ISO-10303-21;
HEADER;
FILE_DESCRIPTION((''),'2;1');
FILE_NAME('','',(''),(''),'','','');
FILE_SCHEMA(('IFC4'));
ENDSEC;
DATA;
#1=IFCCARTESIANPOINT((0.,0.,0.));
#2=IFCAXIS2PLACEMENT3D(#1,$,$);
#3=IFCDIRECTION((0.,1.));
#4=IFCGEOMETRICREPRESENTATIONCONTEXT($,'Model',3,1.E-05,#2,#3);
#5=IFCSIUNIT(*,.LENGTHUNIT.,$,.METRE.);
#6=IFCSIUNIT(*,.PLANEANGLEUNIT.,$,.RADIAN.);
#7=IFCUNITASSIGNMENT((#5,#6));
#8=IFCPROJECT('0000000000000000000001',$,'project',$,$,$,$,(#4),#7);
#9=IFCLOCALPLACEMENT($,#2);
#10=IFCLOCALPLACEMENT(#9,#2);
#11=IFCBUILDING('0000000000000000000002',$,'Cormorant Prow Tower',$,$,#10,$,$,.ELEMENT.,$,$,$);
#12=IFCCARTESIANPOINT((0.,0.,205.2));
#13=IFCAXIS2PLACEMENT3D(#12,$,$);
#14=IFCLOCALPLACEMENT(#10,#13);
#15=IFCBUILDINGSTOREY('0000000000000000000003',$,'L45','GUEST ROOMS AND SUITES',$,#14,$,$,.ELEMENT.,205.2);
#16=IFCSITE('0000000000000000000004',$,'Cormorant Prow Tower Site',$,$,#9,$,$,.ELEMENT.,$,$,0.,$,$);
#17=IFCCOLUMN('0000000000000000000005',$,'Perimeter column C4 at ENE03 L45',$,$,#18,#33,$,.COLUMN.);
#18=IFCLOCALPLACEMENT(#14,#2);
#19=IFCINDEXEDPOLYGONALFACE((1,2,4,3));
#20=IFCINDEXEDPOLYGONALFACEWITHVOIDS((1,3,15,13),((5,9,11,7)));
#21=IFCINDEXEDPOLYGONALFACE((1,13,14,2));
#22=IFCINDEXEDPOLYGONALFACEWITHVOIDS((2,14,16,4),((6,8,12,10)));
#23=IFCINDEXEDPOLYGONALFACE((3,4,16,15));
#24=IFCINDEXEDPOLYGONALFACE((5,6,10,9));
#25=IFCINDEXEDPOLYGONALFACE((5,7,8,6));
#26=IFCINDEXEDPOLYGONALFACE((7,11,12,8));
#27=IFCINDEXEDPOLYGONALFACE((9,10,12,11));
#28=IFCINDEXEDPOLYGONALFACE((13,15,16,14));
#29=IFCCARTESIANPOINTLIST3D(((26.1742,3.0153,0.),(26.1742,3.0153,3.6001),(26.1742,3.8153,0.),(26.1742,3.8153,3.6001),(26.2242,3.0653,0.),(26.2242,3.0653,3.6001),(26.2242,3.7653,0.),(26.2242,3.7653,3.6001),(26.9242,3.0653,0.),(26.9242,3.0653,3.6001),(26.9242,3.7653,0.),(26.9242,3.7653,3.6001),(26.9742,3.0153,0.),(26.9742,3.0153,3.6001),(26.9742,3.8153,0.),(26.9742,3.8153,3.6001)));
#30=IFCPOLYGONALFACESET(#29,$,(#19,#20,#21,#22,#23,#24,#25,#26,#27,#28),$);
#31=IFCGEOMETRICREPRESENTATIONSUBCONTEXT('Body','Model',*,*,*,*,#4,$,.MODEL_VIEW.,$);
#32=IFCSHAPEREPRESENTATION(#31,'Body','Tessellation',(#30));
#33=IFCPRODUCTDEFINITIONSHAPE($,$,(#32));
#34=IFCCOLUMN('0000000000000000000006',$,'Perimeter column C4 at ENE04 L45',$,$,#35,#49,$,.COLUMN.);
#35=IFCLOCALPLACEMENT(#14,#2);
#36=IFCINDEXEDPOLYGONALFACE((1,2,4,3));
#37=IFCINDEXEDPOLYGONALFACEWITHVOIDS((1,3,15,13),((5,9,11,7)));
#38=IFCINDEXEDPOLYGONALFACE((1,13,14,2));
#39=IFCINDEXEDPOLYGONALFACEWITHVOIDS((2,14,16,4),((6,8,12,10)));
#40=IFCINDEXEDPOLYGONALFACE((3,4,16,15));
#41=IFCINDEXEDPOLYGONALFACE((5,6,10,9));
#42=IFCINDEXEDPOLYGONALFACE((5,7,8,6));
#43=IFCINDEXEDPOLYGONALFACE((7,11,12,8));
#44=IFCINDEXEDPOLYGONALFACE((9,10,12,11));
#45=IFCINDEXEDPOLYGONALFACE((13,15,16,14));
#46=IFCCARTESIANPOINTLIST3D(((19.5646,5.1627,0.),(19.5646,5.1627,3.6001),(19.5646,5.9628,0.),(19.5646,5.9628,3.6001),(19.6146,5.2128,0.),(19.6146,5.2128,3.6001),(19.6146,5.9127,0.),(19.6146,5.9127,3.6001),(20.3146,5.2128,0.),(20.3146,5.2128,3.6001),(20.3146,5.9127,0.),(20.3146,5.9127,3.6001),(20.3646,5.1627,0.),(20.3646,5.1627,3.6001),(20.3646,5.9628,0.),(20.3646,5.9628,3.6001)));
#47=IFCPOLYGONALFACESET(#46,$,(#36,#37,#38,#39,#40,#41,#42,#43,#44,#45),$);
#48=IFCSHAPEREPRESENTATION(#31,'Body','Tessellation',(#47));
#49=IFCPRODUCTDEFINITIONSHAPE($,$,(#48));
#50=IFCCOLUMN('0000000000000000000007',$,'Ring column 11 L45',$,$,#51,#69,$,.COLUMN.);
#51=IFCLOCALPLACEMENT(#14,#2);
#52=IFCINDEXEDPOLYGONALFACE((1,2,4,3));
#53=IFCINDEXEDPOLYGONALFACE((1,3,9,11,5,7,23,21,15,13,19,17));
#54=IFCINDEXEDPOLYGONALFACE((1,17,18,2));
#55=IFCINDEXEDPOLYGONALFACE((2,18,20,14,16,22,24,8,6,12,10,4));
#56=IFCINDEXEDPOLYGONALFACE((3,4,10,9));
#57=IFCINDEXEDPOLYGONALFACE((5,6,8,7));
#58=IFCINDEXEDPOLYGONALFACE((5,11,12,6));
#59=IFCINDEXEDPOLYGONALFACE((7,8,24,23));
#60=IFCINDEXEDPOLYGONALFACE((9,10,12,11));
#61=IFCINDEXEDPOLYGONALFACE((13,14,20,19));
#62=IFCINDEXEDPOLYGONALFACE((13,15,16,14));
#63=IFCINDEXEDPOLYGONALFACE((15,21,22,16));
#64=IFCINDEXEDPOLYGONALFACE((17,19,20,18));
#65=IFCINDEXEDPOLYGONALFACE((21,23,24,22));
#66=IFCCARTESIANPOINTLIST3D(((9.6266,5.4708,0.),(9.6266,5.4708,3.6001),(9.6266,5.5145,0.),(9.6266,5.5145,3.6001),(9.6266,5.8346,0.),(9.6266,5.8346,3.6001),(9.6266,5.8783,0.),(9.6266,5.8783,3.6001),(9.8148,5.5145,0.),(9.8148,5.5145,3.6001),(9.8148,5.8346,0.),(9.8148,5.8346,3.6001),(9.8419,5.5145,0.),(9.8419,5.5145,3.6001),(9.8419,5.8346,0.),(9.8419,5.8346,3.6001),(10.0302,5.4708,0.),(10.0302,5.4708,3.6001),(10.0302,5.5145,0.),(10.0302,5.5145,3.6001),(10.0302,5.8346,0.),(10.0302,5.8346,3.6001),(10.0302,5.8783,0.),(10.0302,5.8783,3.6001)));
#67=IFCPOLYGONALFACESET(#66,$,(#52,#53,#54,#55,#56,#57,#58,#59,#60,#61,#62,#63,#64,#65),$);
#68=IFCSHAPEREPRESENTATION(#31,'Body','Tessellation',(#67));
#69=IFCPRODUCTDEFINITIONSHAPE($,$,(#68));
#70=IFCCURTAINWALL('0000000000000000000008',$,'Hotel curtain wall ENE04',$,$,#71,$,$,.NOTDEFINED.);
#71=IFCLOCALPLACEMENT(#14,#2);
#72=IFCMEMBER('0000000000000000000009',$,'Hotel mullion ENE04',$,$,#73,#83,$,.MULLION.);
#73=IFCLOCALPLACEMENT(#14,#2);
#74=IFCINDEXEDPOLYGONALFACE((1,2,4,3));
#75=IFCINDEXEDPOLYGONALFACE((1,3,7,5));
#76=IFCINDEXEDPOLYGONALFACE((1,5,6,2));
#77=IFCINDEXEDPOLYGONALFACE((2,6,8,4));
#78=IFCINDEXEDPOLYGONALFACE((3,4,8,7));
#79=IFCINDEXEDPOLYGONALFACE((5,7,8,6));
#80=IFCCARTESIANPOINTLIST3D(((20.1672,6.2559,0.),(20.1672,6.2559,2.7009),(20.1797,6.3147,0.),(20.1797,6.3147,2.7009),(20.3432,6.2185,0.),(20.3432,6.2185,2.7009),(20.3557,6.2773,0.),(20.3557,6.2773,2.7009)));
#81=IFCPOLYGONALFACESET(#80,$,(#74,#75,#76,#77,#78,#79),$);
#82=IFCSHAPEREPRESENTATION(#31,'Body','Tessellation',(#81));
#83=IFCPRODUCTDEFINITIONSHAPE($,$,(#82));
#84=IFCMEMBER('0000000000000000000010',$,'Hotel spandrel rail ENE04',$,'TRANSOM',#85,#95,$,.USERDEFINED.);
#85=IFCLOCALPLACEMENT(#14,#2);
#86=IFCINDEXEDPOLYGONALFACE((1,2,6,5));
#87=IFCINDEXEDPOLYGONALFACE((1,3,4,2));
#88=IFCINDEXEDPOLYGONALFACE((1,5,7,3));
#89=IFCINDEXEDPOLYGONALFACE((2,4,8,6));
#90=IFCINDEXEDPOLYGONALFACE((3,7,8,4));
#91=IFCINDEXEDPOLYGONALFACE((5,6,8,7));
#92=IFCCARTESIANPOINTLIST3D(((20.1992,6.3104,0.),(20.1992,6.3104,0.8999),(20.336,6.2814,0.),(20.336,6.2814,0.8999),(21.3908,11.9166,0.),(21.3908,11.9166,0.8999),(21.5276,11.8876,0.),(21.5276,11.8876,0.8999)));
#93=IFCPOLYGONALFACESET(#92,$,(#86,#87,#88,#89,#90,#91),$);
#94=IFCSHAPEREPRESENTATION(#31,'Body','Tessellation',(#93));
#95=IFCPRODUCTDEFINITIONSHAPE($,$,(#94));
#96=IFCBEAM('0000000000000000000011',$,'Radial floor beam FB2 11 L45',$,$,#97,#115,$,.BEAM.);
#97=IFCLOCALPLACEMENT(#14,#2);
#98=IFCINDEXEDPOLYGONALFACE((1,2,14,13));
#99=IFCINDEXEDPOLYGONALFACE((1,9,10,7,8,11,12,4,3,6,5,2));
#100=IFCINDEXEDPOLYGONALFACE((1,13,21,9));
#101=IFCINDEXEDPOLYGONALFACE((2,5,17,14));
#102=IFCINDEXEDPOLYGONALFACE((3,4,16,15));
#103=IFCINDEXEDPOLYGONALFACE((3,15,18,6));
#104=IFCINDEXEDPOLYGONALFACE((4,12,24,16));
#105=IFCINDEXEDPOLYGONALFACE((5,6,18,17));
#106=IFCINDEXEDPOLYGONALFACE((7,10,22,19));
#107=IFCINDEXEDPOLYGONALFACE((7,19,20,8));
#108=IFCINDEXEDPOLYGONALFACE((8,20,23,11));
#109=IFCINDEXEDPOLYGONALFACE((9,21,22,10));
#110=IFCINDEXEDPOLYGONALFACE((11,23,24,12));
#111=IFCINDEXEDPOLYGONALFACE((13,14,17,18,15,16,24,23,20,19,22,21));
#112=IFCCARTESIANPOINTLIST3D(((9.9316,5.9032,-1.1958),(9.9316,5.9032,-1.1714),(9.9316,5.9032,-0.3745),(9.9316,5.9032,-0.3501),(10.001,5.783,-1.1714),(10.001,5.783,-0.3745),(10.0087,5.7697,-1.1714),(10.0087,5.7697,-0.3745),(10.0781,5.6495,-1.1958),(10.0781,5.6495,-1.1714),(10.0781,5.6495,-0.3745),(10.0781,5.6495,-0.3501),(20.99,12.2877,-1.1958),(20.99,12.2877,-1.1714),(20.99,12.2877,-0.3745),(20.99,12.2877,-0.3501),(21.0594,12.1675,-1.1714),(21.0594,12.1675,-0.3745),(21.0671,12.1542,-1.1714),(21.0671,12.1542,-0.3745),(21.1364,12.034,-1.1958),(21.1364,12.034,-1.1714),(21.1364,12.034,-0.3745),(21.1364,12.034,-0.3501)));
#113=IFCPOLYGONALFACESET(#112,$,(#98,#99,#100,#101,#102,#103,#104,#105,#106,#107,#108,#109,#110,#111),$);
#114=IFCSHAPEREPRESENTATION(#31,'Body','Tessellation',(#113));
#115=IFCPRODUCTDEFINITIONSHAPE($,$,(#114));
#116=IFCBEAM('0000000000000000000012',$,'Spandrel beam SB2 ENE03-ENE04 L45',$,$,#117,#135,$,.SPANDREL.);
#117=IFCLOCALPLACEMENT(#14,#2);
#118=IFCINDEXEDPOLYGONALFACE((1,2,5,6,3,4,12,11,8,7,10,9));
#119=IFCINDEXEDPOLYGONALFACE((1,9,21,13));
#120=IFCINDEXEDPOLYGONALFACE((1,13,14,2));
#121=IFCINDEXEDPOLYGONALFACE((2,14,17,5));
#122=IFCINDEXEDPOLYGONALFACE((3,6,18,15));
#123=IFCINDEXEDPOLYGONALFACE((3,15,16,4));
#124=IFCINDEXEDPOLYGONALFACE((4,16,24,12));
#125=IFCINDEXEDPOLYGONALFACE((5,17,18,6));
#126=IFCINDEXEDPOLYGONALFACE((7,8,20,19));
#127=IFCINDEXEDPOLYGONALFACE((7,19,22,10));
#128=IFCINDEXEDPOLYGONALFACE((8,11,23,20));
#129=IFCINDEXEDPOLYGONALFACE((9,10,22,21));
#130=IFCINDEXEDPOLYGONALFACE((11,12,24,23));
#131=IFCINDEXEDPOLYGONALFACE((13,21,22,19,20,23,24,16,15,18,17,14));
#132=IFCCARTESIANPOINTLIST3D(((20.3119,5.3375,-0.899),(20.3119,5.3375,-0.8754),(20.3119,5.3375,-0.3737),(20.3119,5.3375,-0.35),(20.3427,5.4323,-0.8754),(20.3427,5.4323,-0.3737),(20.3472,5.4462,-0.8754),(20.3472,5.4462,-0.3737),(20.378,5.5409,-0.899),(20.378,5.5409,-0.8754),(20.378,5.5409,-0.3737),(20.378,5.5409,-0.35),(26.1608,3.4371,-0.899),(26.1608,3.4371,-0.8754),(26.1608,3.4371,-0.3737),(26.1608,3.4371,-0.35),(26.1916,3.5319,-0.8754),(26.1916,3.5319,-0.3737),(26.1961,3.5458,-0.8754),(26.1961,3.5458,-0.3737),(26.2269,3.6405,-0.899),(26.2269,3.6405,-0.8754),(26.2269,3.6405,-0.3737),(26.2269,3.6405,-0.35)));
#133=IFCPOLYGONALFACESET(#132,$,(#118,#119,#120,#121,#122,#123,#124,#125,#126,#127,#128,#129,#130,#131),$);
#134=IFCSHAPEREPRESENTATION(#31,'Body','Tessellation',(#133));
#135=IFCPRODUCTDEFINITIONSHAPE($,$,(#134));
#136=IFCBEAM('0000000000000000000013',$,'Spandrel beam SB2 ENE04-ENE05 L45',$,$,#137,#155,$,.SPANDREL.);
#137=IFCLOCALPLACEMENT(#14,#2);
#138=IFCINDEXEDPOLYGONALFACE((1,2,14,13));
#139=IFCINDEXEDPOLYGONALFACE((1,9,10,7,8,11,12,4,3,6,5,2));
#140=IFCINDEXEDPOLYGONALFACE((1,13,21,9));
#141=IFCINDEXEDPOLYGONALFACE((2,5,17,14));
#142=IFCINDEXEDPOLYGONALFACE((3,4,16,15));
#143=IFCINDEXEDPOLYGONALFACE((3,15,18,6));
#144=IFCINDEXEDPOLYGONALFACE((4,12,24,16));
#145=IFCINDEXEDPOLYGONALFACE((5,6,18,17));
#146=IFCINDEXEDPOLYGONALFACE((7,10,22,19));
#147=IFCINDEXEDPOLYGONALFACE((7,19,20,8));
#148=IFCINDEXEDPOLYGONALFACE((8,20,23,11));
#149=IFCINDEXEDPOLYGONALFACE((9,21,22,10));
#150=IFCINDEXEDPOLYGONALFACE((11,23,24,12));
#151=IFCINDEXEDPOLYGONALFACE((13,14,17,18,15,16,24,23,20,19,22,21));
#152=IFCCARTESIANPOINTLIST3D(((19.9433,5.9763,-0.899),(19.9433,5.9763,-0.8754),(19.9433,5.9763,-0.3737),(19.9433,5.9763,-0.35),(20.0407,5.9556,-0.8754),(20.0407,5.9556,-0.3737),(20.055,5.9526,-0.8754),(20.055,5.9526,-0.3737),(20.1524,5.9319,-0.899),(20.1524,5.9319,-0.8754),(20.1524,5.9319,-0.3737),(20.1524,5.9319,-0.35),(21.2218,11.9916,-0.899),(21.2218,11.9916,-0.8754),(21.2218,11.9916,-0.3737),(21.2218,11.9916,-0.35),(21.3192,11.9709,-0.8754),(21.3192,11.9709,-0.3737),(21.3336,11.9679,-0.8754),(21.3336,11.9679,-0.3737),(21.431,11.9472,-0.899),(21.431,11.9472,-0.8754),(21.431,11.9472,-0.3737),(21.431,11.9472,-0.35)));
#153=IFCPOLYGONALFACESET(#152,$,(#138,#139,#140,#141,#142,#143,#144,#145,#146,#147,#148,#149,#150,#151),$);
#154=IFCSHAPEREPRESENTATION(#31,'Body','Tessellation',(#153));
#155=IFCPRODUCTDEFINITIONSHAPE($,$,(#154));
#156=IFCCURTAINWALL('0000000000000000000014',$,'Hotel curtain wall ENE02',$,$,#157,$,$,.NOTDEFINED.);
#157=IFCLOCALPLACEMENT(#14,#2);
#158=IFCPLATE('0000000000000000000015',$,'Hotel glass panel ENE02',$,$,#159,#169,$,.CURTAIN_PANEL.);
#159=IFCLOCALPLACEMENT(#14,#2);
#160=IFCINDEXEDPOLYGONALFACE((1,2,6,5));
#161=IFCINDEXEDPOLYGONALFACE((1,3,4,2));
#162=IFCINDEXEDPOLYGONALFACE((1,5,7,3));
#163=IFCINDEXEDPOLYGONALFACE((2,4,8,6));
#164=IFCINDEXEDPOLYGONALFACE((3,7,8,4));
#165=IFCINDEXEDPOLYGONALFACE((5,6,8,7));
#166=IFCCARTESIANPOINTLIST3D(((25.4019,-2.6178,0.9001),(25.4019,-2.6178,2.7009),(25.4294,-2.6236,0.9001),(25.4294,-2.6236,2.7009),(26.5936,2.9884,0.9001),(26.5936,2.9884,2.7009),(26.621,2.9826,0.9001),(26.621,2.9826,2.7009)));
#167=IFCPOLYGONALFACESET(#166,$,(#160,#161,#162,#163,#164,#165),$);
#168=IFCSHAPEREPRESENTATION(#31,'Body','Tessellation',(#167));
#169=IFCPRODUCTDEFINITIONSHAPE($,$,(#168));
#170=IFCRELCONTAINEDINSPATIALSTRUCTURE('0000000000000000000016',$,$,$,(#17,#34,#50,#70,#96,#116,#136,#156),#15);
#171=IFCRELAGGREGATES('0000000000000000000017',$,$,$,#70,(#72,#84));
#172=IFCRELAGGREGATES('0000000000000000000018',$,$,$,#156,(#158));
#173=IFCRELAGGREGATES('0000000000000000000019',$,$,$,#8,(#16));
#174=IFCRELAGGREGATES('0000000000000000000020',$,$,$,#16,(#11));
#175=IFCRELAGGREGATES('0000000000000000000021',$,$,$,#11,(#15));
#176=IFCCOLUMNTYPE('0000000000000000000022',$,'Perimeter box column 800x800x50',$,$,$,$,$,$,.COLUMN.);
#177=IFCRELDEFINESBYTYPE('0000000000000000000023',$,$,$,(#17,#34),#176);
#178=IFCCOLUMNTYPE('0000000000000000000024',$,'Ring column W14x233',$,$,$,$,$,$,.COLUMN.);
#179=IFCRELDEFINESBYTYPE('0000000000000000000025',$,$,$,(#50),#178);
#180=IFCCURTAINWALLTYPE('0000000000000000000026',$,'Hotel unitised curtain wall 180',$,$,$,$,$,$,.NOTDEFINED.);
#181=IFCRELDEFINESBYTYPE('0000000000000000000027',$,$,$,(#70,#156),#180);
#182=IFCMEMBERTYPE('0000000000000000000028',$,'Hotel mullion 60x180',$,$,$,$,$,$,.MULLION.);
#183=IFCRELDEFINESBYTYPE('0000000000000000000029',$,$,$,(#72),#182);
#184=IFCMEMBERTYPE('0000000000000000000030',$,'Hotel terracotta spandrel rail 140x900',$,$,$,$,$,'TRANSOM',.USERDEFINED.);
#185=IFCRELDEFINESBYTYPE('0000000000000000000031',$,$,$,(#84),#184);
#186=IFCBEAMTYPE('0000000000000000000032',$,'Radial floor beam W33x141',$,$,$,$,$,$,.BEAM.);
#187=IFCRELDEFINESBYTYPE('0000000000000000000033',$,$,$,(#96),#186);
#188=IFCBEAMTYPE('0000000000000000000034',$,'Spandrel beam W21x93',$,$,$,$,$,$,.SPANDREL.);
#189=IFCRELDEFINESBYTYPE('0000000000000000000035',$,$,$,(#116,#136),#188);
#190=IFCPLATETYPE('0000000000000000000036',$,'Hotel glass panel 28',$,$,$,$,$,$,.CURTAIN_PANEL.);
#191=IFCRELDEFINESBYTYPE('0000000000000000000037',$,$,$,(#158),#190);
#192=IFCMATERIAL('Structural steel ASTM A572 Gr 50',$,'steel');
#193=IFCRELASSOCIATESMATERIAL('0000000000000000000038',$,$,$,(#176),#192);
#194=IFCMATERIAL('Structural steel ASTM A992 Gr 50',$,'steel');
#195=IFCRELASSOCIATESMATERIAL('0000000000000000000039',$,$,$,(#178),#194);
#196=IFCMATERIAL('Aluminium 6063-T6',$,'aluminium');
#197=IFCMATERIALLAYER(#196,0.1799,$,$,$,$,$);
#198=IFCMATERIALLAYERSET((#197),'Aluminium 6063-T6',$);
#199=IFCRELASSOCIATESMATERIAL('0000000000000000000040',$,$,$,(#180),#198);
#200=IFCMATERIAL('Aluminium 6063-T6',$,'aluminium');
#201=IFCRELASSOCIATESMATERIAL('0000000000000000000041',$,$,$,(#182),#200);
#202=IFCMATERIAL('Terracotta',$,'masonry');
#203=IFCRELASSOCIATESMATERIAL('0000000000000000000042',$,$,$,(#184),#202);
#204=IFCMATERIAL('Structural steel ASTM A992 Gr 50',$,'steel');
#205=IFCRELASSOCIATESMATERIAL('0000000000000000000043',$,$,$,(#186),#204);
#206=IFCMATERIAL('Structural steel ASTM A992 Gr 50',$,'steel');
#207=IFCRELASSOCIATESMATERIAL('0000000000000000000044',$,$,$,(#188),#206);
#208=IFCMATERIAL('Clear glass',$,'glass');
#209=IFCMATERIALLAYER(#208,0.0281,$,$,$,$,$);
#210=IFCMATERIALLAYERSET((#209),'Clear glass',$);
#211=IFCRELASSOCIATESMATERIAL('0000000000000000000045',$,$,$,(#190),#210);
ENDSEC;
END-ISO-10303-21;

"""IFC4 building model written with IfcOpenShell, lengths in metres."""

from ifc_helpers import new_model, si_unit, direction, frame, origin, origin_2d, place, context, subcontext, project, spatial, rectangle, hollow_rectangle, i_section, extrude, material, layer, layer_set, material_profile, profile_set, type_object, element, aggregate, save


model = new_model("IFC4")

# Units and contexts
model_context = context("Model", 3, precision=1e-05, world=origin(), true_north=direction((0.0, 1.0)))
body_context = subcontext(model_context, "Body", "Model", "MODEL_VIEW")
ifc_project = project(units=[si_unit("LENGTHUNIT", "METRE"), si_unit("PLANEANGLEUNIT", "RADIAN")], contexts=[model_context])

# Site, building, storey
site_placement = place(None, origin())
site = spatial("IfcSite", under=ifc_project, at=site_placement, Name="Cormorant Prow Tower Site", CompositionType="ELEMENT", RefElevation=0.0)
building_placement = place(site_placement, origin())
building = spatial("IfcBuilding", under=site, at=building_placement, Name="Cormorant Prow Tower", CompositionType="ELEMENT")
storey_placement = place(building_placement, frame((0.0, 0.0, 205.2)))
storey = spatial("IfcBuildingStorey", under=building, at=storey_placement, Name="L45", Description="GUEST ROOMS AND SUITES", CompositionType="ELEMENT", Elevation=205.2)

# Columns
ifc_material_1 = material(Name="Structural steel ASTM A572 Gr 50", Category="steel")
ifc_material_profile_1 = material_profile(ifc_material_1, hollow_rectangle(XDim=0.8, YDim=0.8, WallThickness=0.05, at=origin_2d()), Name="Box 800x800x50")
ifc_profile_set_1 = profile_set([ifc_material_profile_1], Name="Structural steel ASTM A572 Gr 50")
column_type_1 = type_object("IfcColumnType", Name="Perimeter box column 800x800x50", PredefinedType="COLUMN", material=ifc_profile_set_1)
for number, where, z_axis, x_axis, name in (
    (1, (26.5742, 3.4153, 0.0), (0.0, 0.0, 1.0), (1.0, 0.0, 0.0), "Perimeter column C4 at ENE03 L45"),
    (2, (19.9646, 5.5627, 0.0), (0.0, 0.0, 1.0), (1.0, 0.0, 0.0), "Perimeter column C4 at ENE04 L45"),
):
    element("IfcColumn", number, at=place(storey_placement, frame(where, z_axis=z_axis, x_axis=x_axis)), inside=storey, type_object=column_type_1, Name=name, PredefinedType="COLUMN", context=body_context, shape_type="SweptSolid", body=[
        extrude(hollow_rectangle(XDim=0.8, YDim=0.8, WallThickness=0.05, at=origin_2d()), origin(), (0.0, 0.0, 1.0), 3.6001),
    ])
ifc_material_2 = material(Name="Structural steel ASTM A992 Gr 50", Category="steel")
ifc_material_profile_2 = material_profile(ifc_material_2, i_section(OverallWidth=0.4036, OverallDepth=0.4075, WebThickness=0.0271, FlangeThickness=0.0437, at=origin_2d()), Name="W14x233")
ifc_profile_set_2 = profile_set([ifc_material_profile_2], Name="Structural steel ASTM A992 Gr 50")
column_type_2 = type_object("IfcColumnType", Name="Ring column W14x233", PredefinedType="COLUMN", material=ifc_profile_set_2)
column_placement = place(storey_placement, frame((9.8284, 5.6746, 0.0), z_axis=(0.0, 0.0, 1.0), x_axis=(1.0, 0.0, 0.0)))
element("IfcColumn", 3, at=column_placement, inside=storey, type_object=column_type_2, Name="Ring column 11 L45", PredefinedType="COLUMN", context=body_context, shape_type="SweptSolid", body=[
    extrude(i_section(OverallWidth=0.4036, OverallDepth=0.4075, WebThickness=0.0271, FlangeThickness=0.0437, at=origin_2d()), origin(), (0.0, 0.0, 1.0), 3.6001),
])

# Curtain wall, members
ifc_material_3 = material(Name="Aluminium 6063-T6", Category="aluminium")
ifc_layer_1 = layer(ifc_material_3, 0.1799)
ifc_layer_set_1 = layer_set([ifc_layer_1], Name="Aluminium 6063-T6")
curtain_wall_type = type_object("IfcCurtainWallType", Name="Hotel unitised curtain wall 180", PredefinedType="NOTDEFINED", material=ifc_layer_set_1)
curtain_wall_1_placement = place(storey_placement, origin())
curtain_wall_1 = element("IfcCurtainWall", 4, at=curtain_wall_1_placement, inside=storey, type_object=curtain_wall_type, Name="Hotel curtain wall ENE04", PredefinedType="NOTDEFINED")
ifc_material_4 = material(Name="Aluminium 6063-T6", Category="aluminium")
ifc_material_profile_3 = material_profile(ifc_material_4, rectangle(XDim=0.1799, YDim=0.0601, at=origin_2d()), Name="Hotel mullion 60x180")
ifc_profile_set_3 = profile_set([ifc_material_profile_3], Name="Aluminium 6063-T6")
member_type_1 = type_object("IfcMemberType", Name="Hotel mullion 60x180", PredefinedType="MULLION", material=ifc_profile_set_3)
member_1_placement = place(storey_placement, frame((20.2615, 6.2666, 0.0), z_axis=(0.0, 0.0, 1.0), x_axis=(-0.978148, 0.207912, 0.0)))
member_1 = element("IfcMember", 5, at=member_1_placement, type_object=member_type_1, Name="Hotel mullion ENE04", PredefinedType="MULLION", context=body_context, shape_type="SweptSolid", body=[
    extrude(rectangle(XDim=0.1799, YDim=0.0601, at=origin_2d()), origin(), (0.0, 0.0, 1.0), 2.7009),
])
ifc_material_5 = material(Name="Terracotta", Category="masonry")
ifc_material_profile_4 = material_profile(ifc_material_5, rectangle(XDim=0.1399, YDim=0.8999, at=origin_2d()), Name="Hotel terracotta spandrel rail 140x900")
ifc_profile_set_4 = profile_set([ifc_material_profile_4], Name="Terracotta")
member_type_2 = type_object("IfcMemberType", Name="Hotel terracotta spandrel rail 140x900", ElementType="TRANSOM", PredefinedType="USERDEFINED", material=ifc_profile_set_4)
member_2_placement = place(storey_placement, frame((20.2676, 6.2959, 0.45), z_axis=(0.207914, 0.978147, 0.0), x_axis=(-0.978147, 0.207914, 0.0)))
member_2 = element("IfcMember", 6, at=member_2_placement, type_object=member_type_2, Name="Hotel spandrel rail ENE04", ObjectType="TRANSOM", PredefinedType="USERDEFINED", context=body_context, shape_type="SweptSolid", body=[
    extrude(rectangle(XDim=0.1399, YDim=0.8999, at=origin_2d()), origin(), (0.0, 0.0, 1.0), 5.7314),
])
aggregate(curtain_wall_1, [member_1, member_2])

# Beams
ifc_material_6 = material(Name="Structural steel ASTM A992 Gr 50", Category="steel")
ifc_material_profile_5 = material_profile(ifc_material_6, i_section(OverallWidth=0.293, OverallDepth=0.8457, WebThickness=0.0154, FlangeThickness=0.0244, at=origin_2d()), Name="W33x141")
ifc_profile_set_5 = profile_set([ifc_material_profile_5], Name="Structural steel ASTM A992 Gr 50")
beam_type_1 = type_object("IfcBeamType", Name="Radial floor beam W33x141", PredefinedType="BEAM", material=ifc_profile_set_5)
beam_1_placement = place(storey_placement, frame((10.0049, 5.7764, -0.7729), z_axis=(0.866026, 0.499999, 0.0), x_axis=(-0.499999, 0.866026, 0.0)))
element("IfcBeam", 7, at=beam_1_placement, inside=storey, type_object=beam_type_1, Name="Radial floor beam FB2 11 L45", PredefinedType="BEAM", context=body_context, shape_type="SweptSolid", body=[
    extrude(i_section(OverallWidth=0.293, OverallDepth=0.8457, WebThickness=0.0154, FlangeThickness=0.0244, at=origin_2d()), origin(), (0.0, 0.0, 1.0), 12.769),
])
ifc_material_7 = material(Name="Structural steel ASTM A992 Gr 50", Category="steel")
ifc_material_profile_6 = material_profile(ifc_material_7, i_section(OverallWidth=0.2139, OverallDepth=0.5491, WebThickness=0.0146, FlangeThickness=0.0237, at=origin_2d()), Name="W21x93")
ifc_profile_set_6 = profile_set([ifc_material_profile_6], Name="Structural steel ASTM A992 Gr 50")
beam_type_2 = type_object("IfcBeamType", Name="Spandrel beam W21x93", PredefinedType="SPANDREL", material=ifc_profile_set_6)
beam_2_placement = place(storey_placement, frame((26.1938, 3.5388, -0.6245), z_axis=(-0.951058, 0.309013, 0.0), x_axis=(-0.309013, -0.951058, 0.0)))
element("IfcBeam", 8, at=beam_2_placement, inside=storey, type_object=beam_type_2, Name="Spandrel beam SB2 ENE03-ENE04 L45", PredefinedType="SPANDREL", context=body_context, shape_type="SweptSolid", body=[
    extrude(i_section(OverallWidth=0.2139, OverallDepth=0.5491, WebThickness=0.0146, FlangeThickness=0.0237, at=origin_2d()), origin(), (0.0, 0.0, 1.0), 6.1499),
])
beam_3_placement = place(storey_placement, frame((20.0479, 5.9541, -0.6245), z_axis=(0.207905, 0.978149, 0.0), x_axis=(-0.978149, 0.207905, 0.0)))
element("IfcBeam", 9, at=beam_3_placement, inside=storey, type_object=beam_type_2, Name="Spandrel beam SB2 ENE04-ENE05 L45", PredefinedType="SPANDREL", context=body_context, shape_type="SweptSolid", body=[
    extrude(i_section(OverallWidth=0.2139, OverallDepth=0.5491, WebThickness=0.0146, FlangeThickness=0.0237, at=origin_2d()), origin(), (0.0, 0.0, 1.0), 6.1497),
])

# Curtain wall, plate
curtain_wall_2_placement = place(storey_placement, origin())
curtain_wall_2 = element("IfcCurtainWall", 10, at=curtain_wall_2_placement, inside=storey, type_object=curtain_wall_type, Name="Hotel curtain wall ENE02", PredefinedType="NOTDEFINED")
ifc_material_8 = material(Name="Clear glass", Category="glass")
ifc_layer_2 = layer(ifc_material_8, 0.0281)
ifc_layer_set_2 = layer_set([ifc_layer_2], Name="Clear glass")
plate_type = type_object("IfcPlateType", Name="Hotel glass panel 28", PredefinedType="CURTAIN_PANEL", material=ifc_layer_set_2)
plate_placement = place(storey_placement, frame((26.0115, 0.1824, 0.9001), z_axis=(0.0, 0.0, 1.0), x_axis=(0.207912, 0.978148, 0.0)))
plate = element("IfcPlate", 11, at=plate_placement, type_object=plate_type, Name="Hotel glass panel ENE02", PredefinedType="CURTAIN_PANEL", context=body_context, shape_type="SweptSolid", body=[
    extrude(rectangle(XDim=5.7314, YDim=0.0281, at=origin_2d()), origin(), (0.0, 0.0, 1.0), 1.8008),
])
aggregate(curtain_wall_2, [plate])

save(model, "model.ifc")
